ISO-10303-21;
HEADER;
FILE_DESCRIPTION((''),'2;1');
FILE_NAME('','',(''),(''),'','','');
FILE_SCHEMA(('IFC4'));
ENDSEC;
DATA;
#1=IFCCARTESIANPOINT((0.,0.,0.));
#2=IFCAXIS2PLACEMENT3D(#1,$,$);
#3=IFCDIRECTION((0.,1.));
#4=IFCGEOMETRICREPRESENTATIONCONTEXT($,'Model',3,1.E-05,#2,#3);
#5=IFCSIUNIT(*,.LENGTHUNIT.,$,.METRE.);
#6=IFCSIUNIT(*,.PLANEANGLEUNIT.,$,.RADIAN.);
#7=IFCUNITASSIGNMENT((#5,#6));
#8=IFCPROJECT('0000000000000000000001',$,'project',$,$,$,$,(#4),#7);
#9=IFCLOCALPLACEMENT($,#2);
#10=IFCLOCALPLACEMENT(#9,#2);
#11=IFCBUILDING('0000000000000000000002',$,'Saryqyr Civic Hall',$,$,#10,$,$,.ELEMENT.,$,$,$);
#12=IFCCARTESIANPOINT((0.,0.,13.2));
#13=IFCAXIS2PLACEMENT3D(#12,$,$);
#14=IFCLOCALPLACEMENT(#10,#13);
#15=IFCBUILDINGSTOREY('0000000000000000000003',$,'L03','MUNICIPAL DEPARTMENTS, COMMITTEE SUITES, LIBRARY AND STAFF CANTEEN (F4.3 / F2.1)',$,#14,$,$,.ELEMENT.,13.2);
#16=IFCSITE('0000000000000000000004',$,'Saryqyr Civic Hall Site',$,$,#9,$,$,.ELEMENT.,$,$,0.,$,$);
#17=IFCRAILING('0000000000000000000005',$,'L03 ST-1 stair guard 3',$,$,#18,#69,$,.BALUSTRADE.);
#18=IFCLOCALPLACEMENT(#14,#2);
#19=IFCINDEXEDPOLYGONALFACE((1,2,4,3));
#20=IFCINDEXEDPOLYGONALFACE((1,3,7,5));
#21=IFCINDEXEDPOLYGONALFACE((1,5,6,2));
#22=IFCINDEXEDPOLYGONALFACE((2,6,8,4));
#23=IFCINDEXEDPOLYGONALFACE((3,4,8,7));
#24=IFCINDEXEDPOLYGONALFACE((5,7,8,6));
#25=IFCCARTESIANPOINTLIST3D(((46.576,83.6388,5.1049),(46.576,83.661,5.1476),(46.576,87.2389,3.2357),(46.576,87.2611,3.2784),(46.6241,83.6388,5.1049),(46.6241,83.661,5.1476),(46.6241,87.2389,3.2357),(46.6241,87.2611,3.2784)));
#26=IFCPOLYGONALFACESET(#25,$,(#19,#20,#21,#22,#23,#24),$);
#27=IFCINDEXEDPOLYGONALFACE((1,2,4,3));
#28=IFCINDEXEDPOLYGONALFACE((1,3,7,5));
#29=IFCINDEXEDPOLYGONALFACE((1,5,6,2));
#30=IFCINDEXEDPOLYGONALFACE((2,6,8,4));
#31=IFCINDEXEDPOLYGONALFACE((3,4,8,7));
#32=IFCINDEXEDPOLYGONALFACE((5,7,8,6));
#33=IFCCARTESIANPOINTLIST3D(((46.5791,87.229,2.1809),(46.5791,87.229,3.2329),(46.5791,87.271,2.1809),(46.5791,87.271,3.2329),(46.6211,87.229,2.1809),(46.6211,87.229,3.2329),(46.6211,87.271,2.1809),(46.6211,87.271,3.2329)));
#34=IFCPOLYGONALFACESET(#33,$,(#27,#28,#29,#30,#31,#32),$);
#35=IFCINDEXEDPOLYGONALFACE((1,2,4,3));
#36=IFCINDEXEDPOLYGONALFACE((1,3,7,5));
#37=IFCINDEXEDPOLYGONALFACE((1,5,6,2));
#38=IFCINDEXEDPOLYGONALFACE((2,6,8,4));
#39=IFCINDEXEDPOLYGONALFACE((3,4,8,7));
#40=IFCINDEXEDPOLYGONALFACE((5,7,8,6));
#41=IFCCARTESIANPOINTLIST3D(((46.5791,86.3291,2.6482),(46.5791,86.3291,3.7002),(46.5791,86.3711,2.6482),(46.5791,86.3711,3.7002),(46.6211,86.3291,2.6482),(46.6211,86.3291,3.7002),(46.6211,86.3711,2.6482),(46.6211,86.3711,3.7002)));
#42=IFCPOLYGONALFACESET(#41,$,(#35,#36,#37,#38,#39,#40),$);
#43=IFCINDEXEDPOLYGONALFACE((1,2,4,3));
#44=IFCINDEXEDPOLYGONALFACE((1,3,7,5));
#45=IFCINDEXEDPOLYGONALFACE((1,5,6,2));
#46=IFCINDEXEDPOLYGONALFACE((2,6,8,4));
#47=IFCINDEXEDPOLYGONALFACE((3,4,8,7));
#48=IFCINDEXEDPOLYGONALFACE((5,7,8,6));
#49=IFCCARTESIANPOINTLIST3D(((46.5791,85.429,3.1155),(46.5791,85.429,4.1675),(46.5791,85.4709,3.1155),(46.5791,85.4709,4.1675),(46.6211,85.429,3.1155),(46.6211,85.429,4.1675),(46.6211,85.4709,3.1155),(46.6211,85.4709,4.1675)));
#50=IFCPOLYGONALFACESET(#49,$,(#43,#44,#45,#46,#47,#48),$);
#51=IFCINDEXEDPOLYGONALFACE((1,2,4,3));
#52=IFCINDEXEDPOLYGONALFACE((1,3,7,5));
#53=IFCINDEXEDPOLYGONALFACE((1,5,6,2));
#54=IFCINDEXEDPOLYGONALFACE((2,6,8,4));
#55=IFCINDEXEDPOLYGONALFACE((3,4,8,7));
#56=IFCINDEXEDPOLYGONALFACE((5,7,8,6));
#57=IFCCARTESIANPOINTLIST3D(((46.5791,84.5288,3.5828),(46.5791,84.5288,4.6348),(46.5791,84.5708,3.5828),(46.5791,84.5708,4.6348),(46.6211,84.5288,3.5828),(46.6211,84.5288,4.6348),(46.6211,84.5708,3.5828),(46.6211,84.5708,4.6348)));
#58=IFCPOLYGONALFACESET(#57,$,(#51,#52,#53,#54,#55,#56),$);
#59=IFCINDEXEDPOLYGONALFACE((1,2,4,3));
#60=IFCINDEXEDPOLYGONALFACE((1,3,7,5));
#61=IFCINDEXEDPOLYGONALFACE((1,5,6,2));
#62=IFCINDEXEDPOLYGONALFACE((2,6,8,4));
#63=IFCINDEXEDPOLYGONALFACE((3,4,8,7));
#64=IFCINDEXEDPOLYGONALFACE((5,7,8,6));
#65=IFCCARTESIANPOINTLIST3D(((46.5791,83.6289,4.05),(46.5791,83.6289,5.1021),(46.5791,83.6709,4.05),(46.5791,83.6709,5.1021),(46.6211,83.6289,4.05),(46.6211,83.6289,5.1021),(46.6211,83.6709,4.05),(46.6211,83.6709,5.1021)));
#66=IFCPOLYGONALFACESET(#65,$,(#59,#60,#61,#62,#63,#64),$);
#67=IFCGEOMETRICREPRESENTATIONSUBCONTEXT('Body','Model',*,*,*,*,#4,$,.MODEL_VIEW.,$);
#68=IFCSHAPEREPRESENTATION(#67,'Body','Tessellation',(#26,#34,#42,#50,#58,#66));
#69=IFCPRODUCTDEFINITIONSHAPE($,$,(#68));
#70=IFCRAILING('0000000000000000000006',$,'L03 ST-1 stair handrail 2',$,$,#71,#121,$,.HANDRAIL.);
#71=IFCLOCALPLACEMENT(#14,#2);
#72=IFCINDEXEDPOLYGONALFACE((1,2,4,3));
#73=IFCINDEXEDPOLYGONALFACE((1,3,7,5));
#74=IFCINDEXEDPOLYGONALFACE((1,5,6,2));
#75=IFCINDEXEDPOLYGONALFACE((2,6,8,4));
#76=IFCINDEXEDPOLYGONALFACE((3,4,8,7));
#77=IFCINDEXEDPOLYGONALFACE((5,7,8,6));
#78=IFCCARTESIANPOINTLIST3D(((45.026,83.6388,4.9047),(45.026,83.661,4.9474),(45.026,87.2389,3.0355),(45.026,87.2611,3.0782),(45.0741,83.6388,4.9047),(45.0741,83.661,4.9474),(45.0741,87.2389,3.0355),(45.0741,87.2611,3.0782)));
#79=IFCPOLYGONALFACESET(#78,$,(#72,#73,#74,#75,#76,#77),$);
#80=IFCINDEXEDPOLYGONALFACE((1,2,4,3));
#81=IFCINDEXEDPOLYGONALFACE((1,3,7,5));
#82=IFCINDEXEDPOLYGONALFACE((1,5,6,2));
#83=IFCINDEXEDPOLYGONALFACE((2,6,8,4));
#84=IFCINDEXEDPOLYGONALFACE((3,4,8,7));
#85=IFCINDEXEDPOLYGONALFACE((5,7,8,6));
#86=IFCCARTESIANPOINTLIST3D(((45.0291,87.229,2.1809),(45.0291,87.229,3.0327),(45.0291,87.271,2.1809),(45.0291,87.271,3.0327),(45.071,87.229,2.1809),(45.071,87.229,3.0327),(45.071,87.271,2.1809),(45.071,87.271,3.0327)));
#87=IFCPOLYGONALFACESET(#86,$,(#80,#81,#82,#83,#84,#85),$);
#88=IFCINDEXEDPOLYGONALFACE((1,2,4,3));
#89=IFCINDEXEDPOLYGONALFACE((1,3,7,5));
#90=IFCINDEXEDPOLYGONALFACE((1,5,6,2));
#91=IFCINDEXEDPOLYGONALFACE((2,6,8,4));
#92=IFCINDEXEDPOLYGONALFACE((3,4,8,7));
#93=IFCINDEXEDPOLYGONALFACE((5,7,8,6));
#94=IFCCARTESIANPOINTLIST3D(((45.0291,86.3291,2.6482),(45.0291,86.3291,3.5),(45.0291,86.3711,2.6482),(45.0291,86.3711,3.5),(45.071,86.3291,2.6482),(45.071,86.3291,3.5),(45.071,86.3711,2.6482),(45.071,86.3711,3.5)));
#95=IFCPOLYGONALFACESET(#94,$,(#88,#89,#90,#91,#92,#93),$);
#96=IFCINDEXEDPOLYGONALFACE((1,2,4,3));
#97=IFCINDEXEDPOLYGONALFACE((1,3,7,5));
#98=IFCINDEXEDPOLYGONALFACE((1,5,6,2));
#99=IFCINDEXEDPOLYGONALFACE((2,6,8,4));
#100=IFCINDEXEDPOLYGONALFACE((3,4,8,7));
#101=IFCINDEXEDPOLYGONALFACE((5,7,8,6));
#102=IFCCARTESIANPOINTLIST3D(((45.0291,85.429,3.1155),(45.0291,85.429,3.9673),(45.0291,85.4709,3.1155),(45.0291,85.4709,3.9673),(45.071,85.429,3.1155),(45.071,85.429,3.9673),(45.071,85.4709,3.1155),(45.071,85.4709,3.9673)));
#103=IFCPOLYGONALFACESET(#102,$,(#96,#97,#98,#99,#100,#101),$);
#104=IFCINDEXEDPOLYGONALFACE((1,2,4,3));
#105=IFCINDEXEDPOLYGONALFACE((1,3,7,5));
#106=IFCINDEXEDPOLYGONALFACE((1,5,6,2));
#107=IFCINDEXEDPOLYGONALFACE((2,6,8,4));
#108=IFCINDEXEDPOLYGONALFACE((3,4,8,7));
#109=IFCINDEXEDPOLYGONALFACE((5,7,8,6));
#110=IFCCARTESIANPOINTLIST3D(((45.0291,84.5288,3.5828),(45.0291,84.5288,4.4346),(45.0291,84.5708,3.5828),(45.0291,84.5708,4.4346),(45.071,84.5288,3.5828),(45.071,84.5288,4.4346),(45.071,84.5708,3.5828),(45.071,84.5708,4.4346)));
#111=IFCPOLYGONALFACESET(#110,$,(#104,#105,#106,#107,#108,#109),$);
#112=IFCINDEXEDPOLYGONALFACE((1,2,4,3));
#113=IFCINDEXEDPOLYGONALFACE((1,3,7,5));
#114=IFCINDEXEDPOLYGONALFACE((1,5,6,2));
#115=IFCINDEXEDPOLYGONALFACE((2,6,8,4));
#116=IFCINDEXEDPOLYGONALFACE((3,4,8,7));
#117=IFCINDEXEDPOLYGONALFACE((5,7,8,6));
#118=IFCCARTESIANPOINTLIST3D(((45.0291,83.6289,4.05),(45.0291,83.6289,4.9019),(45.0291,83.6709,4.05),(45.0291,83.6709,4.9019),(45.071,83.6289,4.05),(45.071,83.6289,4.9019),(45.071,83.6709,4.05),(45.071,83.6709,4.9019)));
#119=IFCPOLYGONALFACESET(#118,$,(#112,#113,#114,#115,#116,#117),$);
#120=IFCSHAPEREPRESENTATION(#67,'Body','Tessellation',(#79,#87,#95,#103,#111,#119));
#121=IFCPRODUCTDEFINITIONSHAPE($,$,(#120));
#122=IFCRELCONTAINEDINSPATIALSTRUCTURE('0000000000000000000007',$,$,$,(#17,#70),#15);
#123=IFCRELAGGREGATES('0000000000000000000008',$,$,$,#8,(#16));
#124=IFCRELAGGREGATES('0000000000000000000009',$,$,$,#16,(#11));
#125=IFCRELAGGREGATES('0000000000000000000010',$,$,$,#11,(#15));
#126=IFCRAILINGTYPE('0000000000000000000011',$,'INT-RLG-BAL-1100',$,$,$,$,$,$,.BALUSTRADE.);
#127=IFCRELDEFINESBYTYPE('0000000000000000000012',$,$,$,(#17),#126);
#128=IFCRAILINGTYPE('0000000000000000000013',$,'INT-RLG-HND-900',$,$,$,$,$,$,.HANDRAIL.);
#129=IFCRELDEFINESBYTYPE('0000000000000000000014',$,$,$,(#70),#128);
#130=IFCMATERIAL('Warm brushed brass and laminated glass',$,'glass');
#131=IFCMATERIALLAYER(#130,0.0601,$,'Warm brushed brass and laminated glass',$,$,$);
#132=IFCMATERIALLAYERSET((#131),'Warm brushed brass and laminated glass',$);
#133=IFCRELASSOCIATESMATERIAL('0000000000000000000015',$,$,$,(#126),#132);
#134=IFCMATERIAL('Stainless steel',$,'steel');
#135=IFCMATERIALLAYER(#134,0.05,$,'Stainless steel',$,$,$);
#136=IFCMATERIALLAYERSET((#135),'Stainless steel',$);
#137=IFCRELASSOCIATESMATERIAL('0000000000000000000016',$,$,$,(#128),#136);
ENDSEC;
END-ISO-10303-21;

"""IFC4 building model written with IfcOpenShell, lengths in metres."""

from ifc_helpers import new_model, si_unit, direction, frame, origin, origin_2d, place, context, subcontext, project, spatial, rectangle, extrude, material, layer, layer_set, type_object, element, save


model = new_model("IFC4")

# Units and contexts
model_context = context("Model", 3, precision=1e-05, world=origin(), true_north=direction((0.0, 1.0)))
body_context = subcontext(model_context, "Body", "Model", "MODEL_VIEW")
ifc_project = project(units=[si_unit("LENGTHUNIT", "METRE"), si_unit("PLANEANGLEUNIT", "RADIAN")], contexts=[model_context])

# Site, building, storey
site_placement = place(None, origin())
site = spatial("IfcSite", under=ifc_project, at=site_placement, Name="Saryqyr Civic Hall Site", CompositionType="ELEMENT", RefElevation=0.0)
building_placement = place(site_placement, origin())
building = spatial("IfcBuilding", under=site, at=building_placement, Name="Saryqyr Civic Hall", CompositionType="ELEMENT")
storey_placement = place(building_placement, frame((0.0, 0.0, 13.2)))
storey = spatial("IfcBuildingStorey", under=building, at=storey_placement, Name="L03", Description="MUNICIPAL DEPARTMENTS, COMMITTEE SUITES, LIBRARY AND STAFF CANTEEN (F4.3 / F2.1)", CompositionType="ELEMENT", Elevation=13.2)

# Railings
ifc_material_1 = material(Name="Warm brushed brass and laminated glass", Category="glass")
ifc_layer_1 = layer(ifc_material_1, 0.0601, Name="Warm brushed brass and laminated glass")
ifc_layer_set_1 = layer_set([ifc_layer_1], Name="Warm brushed brass and laminated glass")
railing_type_1 = type_object("IfcRailingType", Name="INT-RLG-BAL-1100", PredefinedType="BALUSTRADE", material=ifc_layer_set_1)
railing_1_placement = place(storey_placement, frame((46.6001, 87.25, 2.1809)))
element("IfcRailing", 1, at=railing_1_placement, inside=storey, type_object=railing_type_1, Name="L03 ST-1 stair guard 3", PredefinedType="BALUSTRADE", context=body_context, shape_type="SweptSolid", body=[
    extrude(rectangle(XDim=0.0481, YDim=0.0481, at=origin_2d()), frame((0.0, 0.0, 1.0762), z_axis=(0.0, -0.88751, 0.460788), x_axis=(1.0, 0.0, 0.0)), (0.0, 0.0, 1.0), 4.0564),
    extrude(rectangle(XDim=0.042, YDim=0.042, at=origin_2d()), origin(), (0.0, 0.0, 1.0), 1.052),
    extrude(rectangle(XDim=0.042, YDim=0.042, at=origin_2d()), frame((0.0, -0.8999, 0.4673)), (0.0, 0.0, 1.0), 1.052),
    extrude(rectangle(XDim=0.042, YDim=0.042, at=origin_2d()), frame((0.0, -1.8, 0.9346)), (0.0, 0.0, 1.0), 1.052),
    extrude(rectangle(XDim=0.042, YDim=0.042, at=origin_2d()), frame((0.0, -2.7002, 1.4019)), (0.0, 0.0, 1.0), 1.052),
    extrude(rectangle(XDim=0.042, YDim=0.042, at=origin_2d()), frame((0.0, -3.6001, 1.8691)), (0.0, 0.0, 1.0), 1.052),
])
ifc_material_2 = material(Name="Stainless steel", Category="steel")
ifc_layer_2 = layer(ifc_material_2, 0.05, Name="Stainless steel")
ifc_layer_set_2 = layer_set([ifc_layer_2], Name="Stainless steel")
railing_type_2 = type_object("IfcRailingType", Name="INT-RLG-HND-900", PredefinedType="HANDRAIL", material=ifc_layer_set_2)
railing_2_placement = place(storey_placement, frame((45.05, 87.25, 2.1809)))
element("IfcRailing", 2, at=railing_2_placement, inside=storey, type_object=railing_type_2, Name="L03 ST-1 stair handrail 2", PredefinedType="HANDRAIL", context=body_context, shape_type="SweptSolid", body=[
    extrude(rectangle(XDim=0.0481, YDim=0.0481, at=origin_2d()), frame((0.0, 0.0, 0.876), z_axis=(0.0, -0.88751, 0.460788), x_axis=(1.0, 0.0, 0.0)), (0.0, 0.0, 1.0), 4.0564),
    extrude(rectangle(XDim=0.042, YDim=0.042, at=origin_2d()), origin(), (0.0, 0.0, 1.0), 0.8518),
    extrude(rectangle(XDim=0.042, YDim=0.042, at=origin_2d()), frame((0.0, -0.8999, 0.4673)), (0.0, 0.0, 1.0), 0.8518),
    extrude(rectangle(XDim=0.042, YDim=0.042, at=origin_2d()), frame((0.0, -1.8, 0.9346)), (0.0, 0.0, 1.0), 0.8518),
    extrude(rectangle(XDim=0.042, YDim=0.042, at=origin_2d()), frame((0.0, -2.7002, 1.4019)), (0.0, 0.0, 1.0), 0.8518),
    extrude(rectangle(XDim=0.042, YDim=0.042, at=origin_2d()), frame((0.0, -3.6001, 1.8691)), (0.0, 0.0, 1.0), 0.8518),
])

save(model, "model.ifc")
